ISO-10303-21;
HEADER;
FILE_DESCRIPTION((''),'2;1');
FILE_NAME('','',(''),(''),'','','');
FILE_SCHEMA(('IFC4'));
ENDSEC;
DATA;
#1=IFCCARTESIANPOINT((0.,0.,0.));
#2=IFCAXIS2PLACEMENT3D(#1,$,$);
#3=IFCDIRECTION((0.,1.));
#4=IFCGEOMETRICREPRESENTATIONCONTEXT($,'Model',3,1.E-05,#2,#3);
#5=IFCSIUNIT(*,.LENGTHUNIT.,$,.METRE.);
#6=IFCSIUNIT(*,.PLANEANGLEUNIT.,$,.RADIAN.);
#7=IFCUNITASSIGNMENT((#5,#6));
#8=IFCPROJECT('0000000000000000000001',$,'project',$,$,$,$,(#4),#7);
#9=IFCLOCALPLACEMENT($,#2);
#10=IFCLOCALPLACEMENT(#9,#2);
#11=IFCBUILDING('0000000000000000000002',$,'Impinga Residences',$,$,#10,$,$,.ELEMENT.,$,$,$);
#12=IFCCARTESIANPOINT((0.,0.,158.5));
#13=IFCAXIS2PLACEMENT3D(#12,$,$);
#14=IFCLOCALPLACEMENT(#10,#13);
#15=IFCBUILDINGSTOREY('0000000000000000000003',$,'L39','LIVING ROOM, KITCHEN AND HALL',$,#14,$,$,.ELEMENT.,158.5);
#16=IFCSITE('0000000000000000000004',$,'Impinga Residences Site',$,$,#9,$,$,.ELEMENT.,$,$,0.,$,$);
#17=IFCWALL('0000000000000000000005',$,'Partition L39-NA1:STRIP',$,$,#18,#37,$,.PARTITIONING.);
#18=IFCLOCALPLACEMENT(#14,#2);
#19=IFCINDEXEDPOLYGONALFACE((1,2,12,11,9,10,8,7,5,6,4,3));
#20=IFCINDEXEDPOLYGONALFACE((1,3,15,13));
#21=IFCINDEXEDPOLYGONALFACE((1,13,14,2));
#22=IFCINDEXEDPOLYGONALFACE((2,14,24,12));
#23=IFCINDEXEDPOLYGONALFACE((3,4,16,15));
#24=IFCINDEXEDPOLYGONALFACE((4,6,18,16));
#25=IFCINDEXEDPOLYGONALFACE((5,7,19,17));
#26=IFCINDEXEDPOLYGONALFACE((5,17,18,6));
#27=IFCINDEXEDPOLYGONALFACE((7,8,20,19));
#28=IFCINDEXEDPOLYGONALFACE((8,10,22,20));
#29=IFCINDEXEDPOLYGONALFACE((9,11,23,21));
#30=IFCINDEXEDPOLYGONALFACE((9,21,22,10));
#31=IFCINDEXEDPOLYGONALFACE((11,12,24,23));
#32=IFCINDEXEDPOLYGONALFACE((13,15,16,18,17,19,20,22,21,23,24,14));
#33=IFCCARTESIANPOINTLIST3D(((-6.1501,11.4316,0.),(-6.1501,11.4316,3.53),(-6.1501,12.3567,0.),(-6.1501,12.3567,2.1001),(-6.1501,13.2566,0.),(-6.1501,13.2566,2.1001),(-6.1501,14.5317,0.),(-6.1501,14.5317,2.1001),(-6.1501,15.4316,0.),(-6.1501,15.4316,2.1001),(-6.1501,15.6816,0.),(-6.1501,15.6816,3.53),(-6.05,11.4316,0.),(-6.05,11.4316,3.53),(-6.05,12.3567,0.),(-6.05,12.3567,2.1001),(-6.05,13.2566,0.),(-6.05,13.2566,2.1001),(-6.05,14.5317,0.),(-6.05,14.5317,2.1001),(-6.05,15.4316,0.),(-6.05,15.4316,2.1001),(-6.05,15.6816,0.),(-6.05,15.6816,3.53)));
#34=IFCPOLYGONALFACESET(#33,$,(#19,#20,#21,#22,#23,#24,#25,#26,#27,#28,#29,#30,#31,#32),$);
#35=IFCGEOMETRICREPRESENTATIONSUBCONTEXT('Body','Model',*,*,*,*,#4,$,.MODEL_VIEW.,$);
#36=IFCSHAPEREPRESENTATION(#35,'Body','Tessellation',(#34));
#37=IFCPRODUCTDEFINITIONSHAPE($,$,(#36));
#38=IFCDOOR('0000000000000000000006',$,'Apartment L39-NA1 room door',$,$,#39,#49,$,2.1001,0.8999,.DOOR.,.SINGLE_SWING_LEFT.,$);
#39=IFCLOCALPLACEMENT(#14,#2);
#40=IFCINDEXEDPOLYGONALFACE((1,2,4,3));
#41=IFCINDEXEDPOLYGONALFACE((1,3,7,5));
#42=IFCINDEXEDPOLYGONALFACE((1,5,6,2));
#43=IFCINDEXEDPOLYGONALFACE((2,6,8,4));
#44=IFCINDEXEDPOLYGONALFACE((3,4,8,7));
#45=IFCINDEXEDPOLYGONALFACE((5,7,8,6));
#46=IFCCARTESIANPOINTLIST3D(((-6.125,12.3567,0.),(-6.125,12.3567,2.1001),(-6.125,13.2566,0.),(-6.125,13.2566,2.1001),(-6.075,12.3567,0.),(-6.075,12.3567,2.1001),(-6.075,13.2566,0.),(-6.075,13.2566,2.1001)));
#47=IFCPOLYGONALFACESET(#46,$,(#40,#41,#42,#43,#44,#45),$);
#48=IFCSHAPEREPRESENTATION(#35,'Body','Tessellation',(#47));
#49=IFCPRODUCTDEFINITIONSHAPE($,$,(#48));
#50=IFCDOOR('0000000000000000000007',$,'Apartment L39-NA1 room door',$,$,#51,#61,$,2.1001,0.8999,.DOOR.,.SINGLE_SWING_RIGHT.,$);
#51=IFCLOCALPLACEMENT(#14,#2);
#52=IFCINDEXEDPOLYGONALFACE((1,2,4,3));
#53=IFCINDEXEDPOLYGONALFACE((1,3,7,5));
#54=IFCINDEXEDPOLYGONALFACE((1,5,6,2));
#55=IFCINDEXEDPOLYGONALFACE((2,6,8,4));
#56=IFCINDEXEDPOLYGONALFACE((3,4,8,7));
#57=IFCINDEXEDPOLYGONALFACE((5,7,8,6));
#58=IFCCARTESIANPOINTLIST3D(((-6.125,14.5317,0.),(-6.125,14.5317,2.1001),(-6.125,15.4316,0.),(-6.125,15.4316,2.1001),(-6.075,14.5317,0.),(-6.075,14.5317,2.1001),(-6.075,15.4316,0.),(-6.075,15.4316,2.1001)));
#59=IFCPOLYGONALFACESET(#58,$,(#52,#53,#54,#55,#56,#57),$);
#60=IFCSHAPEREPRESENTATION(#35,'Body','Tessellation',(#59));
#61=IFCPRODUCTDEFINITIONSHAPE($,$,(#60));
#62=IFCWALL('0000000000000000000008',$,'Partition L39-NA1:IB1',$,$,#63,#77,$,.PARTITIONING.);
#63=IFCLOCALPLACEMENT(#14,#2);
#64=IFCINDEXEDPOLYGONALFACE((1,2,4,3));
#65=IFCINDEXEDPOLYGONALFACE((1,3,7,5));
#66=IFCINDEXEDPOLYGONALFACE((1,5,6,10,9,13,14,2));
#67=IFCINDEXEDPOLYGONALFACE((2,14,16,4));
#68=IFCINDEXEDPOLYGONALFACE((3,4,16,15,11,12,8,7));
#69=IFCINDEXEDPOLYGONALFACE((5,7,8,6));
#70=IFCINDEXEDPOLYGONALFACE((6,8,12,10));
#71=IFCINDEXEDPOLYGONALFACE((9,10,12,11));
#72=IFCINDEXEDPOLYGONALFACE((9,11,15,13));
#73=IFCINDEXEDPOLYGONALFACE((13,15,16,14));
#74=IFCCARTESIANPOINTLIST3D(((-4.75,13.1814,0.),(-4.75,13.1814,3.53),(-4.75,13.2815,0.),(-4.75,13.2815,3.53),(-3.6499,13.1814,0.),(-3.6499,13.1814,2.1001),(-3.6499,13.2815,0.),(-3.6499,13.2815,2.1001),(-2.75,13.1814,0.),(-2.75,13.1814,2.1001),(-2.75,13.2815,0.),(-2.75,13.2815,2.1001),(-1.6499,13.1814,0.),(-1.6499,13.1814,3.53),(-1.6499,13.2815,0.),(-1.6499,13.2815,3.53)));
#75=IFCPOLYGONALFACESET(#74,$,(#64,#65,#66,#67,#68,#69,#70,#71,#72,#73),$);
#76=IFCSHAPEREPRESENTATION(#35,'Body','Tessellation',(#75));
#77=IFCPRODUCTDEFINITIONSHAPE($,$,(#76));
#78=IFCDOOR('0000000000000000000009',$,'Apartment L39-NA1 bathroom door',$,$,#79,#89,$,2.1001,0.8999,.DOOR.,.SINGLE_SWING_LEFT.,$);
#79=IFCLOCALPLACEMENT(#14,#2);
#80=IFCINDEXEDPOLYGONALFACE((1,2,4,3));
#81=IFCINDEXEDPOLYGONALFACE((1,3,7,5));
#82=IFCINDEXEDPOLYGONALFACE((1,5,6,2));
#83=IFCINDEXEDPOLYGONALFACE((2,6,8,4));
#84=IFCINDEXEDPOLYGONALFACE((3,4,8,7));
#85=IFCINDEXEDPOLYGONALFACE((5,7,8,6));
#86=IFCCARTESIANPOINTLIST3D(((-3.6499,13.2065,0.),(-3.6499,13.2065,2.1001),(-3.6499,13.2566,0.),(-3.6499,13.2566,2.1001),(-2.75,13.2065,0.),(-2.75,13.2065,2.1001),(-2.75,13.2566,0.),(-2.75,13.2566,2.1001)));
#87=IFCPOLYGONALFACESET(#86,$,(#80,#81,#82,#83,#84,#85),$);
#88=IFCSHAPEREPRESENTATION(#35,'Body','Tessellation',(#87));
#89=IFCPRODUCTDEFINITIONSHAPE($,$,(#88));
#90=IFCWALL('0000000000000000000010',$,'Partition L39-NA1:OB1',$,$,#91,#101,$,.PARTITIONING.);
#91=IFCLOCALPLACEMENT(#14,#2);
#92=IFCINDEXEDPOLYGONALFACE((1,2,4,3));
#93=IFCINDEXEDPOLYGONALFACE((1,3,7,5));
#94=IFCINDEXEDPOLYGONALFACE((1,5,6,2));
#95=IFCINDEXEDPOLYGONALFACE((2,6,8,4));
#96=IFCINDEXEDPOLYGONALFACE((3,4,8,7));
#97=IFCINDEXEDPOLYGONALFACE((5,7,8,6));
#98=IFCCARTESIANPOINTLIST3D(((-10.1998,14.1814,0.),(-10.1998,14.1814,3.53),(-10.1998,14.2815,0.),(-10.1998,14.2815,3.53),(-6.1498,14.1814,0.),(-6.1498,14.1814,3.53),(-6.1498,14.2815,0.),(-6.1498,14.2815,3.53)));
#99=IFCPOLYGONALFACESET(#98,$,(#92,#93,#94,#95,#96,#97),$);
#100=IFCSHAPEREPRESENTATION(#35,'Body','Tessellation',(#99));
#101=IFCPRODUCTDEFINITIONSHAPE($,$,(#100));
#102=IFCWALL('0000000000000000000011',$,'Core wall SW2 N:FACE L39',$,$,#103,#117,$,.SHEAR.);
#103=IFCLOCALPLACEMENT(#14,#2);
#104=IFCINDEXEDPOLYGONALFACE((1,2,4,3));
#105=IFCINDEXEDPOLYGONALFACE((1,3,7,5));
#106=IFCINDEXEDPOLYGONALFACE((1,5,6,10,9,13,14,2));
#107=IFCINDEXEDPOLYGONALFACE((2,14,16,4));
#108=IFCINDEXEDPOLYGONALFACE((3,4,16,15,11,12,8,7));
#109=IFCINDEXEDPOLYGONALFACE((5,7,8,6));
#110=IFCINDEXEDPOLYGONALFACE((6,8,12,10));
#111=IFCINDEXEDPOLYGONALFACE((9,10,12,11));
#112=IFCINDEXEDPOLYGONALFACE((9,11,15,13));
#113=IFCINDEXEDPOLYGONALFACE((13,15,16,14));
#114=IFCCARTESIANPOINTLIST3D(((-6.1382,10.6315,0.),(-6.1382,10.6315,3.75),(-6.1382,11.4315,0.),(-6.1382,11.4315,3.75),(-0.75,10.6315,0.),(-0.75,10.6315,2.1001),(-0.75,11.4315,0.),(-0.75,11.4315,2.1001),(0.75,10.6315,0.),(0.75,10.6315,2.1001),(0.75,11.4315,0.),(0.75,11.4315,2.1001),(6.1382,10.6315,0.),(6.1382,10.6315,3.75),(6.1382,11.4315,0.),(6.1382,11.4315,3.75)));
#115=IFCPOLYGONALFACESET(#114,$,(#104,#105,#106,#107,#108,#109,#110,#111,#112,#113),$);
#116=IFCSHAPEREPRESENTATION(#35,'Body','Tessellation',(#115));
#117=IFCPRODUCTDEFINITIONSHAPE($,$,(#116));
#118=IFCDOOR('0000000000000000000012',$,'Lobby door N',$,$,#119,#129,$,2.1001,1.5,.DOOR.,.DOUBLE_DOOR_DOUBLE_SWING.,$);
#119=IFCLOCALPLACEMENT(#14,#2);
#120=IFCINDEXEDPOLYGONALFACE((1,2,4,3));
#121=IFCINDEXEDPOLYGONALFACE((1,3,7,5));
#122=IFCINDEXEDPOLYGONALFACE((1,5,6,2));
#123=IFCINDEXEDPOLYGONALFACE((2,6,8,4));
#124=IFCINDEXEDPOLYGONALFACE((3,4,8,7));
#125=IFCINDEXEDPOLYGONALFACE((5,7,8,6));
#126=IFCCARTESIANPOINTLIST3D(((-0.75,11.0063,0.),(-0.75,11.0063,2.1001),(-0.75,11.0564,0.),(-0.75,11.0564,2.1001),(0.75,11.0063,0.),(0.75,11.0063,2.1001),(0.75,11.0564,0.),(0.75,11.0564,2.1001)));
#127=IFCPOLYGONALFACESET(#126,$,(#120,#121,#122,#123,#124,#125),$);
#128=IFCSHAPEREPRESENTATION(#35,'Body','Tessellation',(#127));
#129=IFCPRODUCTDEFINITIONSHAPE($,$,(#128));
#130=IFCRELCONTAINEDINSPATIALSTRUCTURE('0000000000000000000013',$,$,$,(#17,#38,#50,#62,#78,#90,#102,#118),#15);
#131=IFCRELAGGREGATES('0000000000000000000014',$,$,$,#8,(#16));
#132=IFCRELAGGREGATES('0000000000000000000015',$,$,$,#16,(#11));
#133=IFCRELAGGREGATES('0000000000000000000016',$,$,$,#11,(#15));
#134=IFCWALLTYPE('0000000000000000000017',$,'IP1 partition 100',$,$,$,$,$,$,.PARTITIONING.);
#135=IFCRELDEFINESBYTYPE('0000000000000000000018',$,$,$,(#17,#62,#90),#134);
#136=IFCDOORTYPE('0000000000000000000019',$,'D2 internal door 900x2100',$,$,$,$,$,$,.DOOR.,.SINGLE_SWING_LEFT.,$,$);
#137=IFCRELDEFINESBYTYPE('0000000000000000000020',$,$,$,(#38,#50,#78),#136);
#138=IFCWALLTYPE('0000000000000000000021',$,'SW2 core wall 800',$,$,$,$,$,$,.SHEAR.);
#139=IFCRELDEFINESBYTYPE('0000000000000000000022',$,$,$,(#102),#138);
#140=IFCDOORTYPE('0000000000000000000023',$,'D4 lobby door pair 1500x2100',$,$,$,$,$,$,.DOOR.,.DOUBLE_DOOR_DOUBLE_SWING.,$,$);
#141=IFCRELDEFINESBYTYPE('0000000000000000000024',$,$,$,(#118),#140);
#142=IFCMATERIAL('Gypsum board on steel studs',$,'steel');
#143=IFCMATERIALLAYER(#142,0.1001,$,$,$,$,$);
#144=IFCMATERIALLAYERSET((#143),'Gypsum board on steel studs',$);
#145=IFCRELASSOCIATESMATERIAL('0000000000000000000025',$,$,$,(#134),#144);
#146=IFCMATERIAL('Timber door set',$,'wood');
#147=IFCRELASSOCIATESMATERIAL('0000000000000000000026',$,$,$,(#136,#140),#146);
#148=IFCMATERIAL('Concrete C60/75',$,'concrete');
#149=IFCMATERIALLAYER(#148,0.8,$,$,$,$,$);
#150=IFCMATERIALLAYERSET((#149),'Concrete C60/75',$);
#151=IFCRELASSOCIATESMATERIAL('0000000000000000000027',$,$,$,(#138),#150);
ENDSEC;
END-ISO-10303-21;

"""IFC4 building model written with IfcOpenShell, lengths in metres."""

from ifc_helpers import new_model, si_unit, direction, frame, frame_2d, origin, place, context, subcontext, project, spatial, rectangle, extrude, material, layer, layer_set, type_object, element, fill, save


model = new_model("IFC4")

# Units and contexts
model_context = context("Model", 3, precision=1e-05, world=origin(), true_north=direction((0.0, 1.0)))
body_context = subcontext(model_context, "Body", "Model", "MODEL_VIEW")
ifc_project = project(units=[si_unit("LENGTHUNIT", "METRE"), si_unit("PLANEANGLEUNIT", "RADIAN")], contexts=[model_context])

# Site, building, storey
site_placement = place(None, origin())
site = spatial("IfcSite", under=ifc_project, at=site_placement, Name="Impinga Residences Site", CompositionType="ELEMENT", RefElevation=0.0)
building_placement = place(site_placement, origin())
building = spatial("IfcBuilding", under=site, at=building_placement, Name="Impinga Residences", CompositionType="ELEMENT")
storey_placement = place(building_placement, frame((0.0, 0.0, 158.5)))
storey = spatial("IfcBuildingStorey", under=building, at=storey_placement, Name="L39", Description="LIVING ROOM, KITCHEN AND HALL", CompositionType="ELEMENT", Elevation=158.5)

# Shared definitions
ifc_material_1 = material(Name="Concrete C60/75", Category="concrete")

# Shared definitions
ifc_material_2 = material(Name="Timber door set", Category="wood")

# Shared definitions
ifc_material_3 = material(Name="Gypsum board on steel studs", Category="steel")
ifc_layer_1 = layer(ifc_material_3, 0.1001)
ifc_layer_set_1 = layer_set([ifc_layer_1], Name="Gypsum board on steel studs")
wall_type_1 = type_object("IfcWallType", Name="IP1 partition 100", PredefinedType="PARTITIONING", material=ifc_layer_set_1)

# Wall, openings, doors
wall_1_placement = place(storey_placement, frame((-6.1001, 11.4316, 0.0), z_axis=(0.0, 0.0, 1.0), x_axis=(0.0, 1.0, 0.0)))
wall_1 = element("IfcWall", 1, at=wall_1_placement, inside=storey, type_object=wall_type_1, Name="Partition L39-NA1:STRIP", PredefinedType="PARTITIONING", context=body_context, shape_type="SweptSolid", body=[
    extrude(rectangle(XDim=4.25, YDim=0.1001, at=frame_2d((2.125, 0.0))), origin(), (0.0, 0.0, 1.0), 3.53),
])
opening_1_placement = place(wall_1_placement, frame((0.925, 0.0, 0.0)))
opening_1 = element("IfcOpeningElement", 2, at=opening_1_placement, cuts=wall_1, PredefinedType="OPENING", context=body_context, shape_type="SweptSolid", body=[
    extrude(rectangle(XDim=0.8999, YDim=2.1001, at=frame_2d((0.45, 1.05))), frame((0.0, 0.0601, 0.0), z_axis=(0.0, -1.0, 0.0), x_axis=(1.0, 0.0, 0.0)), (0.0, 0.0, 1.0), 0.1201),
])
opening_2_placement = place(wall_1_placement, frame((3.1001, 0.0, 0.0)))
opening_2 = element("IfcOpeningElement", 3, at=opening_2_placement, cuts=wall_1, PredefinedType="OPENING", context=body_context, shape_type="SweptSolid", body=[
    extrude(rectangle(XDim=0.8999, YDim=2.1001, at=frame_2d((0.45, 1.05))), frame((0.0, 0.0601, 0.0), z_axis=(0.0, -1.0, 0.0), x_axis=(1.0, 0.0, 0.0)), (0.0, 0.0, 1.0), 0.1201),
])
door_type_1 = type_object("IfcDoorType", Name="D2 internal door 900x2100", OperationType="SINGLE_SWING_LEFT", PredefinedType="DOOR", material=ifc_material_2)
door_1_placement = place(opening_1_placement, origin())
door_1 = element("IfcDoor", 4, at=door_1_placement, inside=storey, type_object=door_type_1, Name="Apartment L39-NA1 room door", OperationType="SINGLE_SWING_LEFT", OverallHeight=2.1001, OverallWidth=0.8999, PredefinedType="DOOR", context=body_context, shape_type="SweptSolid", body=[
    extrude(rectangle(XDim=0.8999, YDim=2.1001, at=frame_2d((0.45, 1.05))), frame((0.0, 0.0249, 0.0), z_axis=(0.0, -1.0, 0.0), x_axis=(1.0, 0.0, 0.0)), (0.0, 0.0, 1.0), 0.05),
])
fill(opening_1, door_1)
door_2_placement = place(opening_2_placement, origin())
door_2 = element("IfcDoor", 5, at=door_2_placement, inside=storey, type_object=door_type_1, Name="Apartment L39-NA1 room door", OperationType="SINGLE_SWING_RIGHT", OverallHeight=2.1001, OverallWidth=0.8999, PredefinedType="DOOR", context=body_context, shape_type="SweptSolid", body=[
    extrude(rectangle(XDim=0.8999, YDim=2.1001, at=frame_2d((0.45, 1.05))), frame((0.0, 0.0249, 0.0), z_axis=(0.0, -1.0, 0.0), x_axis=(1.0, 0.0, 0.0)), (0.0, 0.0, 1.0), 0.05),
])
fill(opening_2, door_2)

# Wall, opening, door
wall_2_placement = place(storey_placement, frame((-1.6499, 13.2314, 0.0), z_axis=(0.0, 0.0, 1.0), x_axis=(-1.0, 0.0, 0.0)))
wall_2 = element("IfcWall", 6, at=wall_2_placement, inside=storey, type_object=wall_type_1, Name="Partition L39-NA1:IB1", PredefinedType="PARTITIONING", context=body_context, shape_type="SweptSolid", body=[
    extrude(rectangle(XDim=3.1001, YDim=0.1001, at=frame_2d((1.55, 0.0))), origin(), (0.0, 0.0, 1.0), 3.53),
])
opening_3_placement = place(wall_2_placement, frame((1.1001, 0.0, 0.0)))
opening_3 = element("IfcOpeningElement", 7, at=opening_3_placement, cuts=wall_2, PredefinedType="OPENING", context=body_context, shape_type="SweptSolid", body=[
    extrude(rectangle(XDim=0.8999, YDim=2.1001, at=frame_2d((0.45, 1.05))), frame((0.0, 0.0601, 0.0), z_axis=(0.0, -1.0, 0.0), x_axis=(1.0, 0.0, 0.0)), (0.0, 0.0, 1.0), 0.1201),
])
door_3_placement = place(opening_3_placement, origin())
door_3 = element("IfcDoor", 8, at=door_3_placement, inside=storey, type_object=door_type_1, Name="Apartment L39-NA1 bathroom door", OperationType="SINGLE_SWING_LEFT", OverallHeight=2.1001, OverallWidth=0.8999, PredefinedType="DOOR", context=body_context, shape_type="SweptSolid", body=[
    extrude(rectangle(XDim=0.8999, YDim=2.1001, at=frame_2d((0.45, 1.05))), frame((0.0, 0.0249, 0.0), z_axis=(0.0, -1.0, 0.0), x_axis=(1.0, 0.0, 0.0)), (0.0, 0.0, 1.0), 0.05),
])
fill(opening_3, door_3)

# Wall
wall_3_placement = place(storey_placement, frame((-6.1499, 14.2314, 0.0), z_axis=(0.0, 0.0, 1.0), x_axis=(-1.0, 0.0, 0.0)))
element("IfcWall", 9, at=wall_3_placement, inside=storey, type_object=wall_type_1, Name="Partition L39-NA1:OB1", PredefinedType="PARTITIONING", context=body_context, shape_type="SweptSolid", body=[
    extrude(rectangle(XDim=4.05, YDim=0.1001, at=frame_2d((2.0249, 0.0))), origin(), (0.0, 0.0, 1.0), 3.53),
])

# Wall, opening, door
ifc_layer_2 = layer(ifc_material_1, 0.8)
ifc_layer_set_2 = layer_set([ifc_layer_2], Name="Concrete C60/75")
wall_type_2 = type_object("IfcWallType", Name="SW2 core wall 800", PredefinedType="SHEAR", material=ifc_layer_set_2)
wall_4_placement = place(storey_placement, frame((-6.1382, 11.0315, 0.0), z_axis=(0.0, 0.0, 1.0), x_axis=(1.0, 0.0, 0.0)))
wall_4 = element("IfcWall", 10, at=wall_4_placement, inside=storey, type_object=wall_type_2, Name="Core wall SW2 N:FACE L39", PredefinedType="SHEAR", context=body_context, shape_type="SweptSolid", body=[
    extrude(rectangle(XDim=12.2764, YDim=0.8, at=frame_2d((6.1382, 0.0))), origin(), (0.0, 0.0, 1.0), 3.75),
])
opening_4_placement = place(wall_4_placement, frame((5.3882, 0.0, 0.0)))
opening_4 = element("IfcOpeningElement", 11, at=opening_4_placement, cuts=wall_4, PredefinedType="OPENING", context=body_context, shape_type="SweptSolid", body=[
    extrude(rectangle(XDim=1.5, YDim=2.1001, at=frame_2d((0.75, 1.05))), frame((0.0, 0.4099, 0.0), z_axis=(0.0, -1.0, 0.0), x_axis=(1.0, 0.0, 0.0)), (0.0, 0.0, 1.0), 0.8201),
])
door_type_2 = type_object("IfcDoorType", Name="D4 lobby door pair 1500x2100", OperationType="DOUBLE_DOOR_DOUBLE_SWING", PredefinedType="DOOR", material=ifc_material_2)
door_4_placement = place(opening_4_placement, origin())
door_4 = element("IfcDoor", 12, at=door_4_placement, inside=storey, type_object=door_type_2, Name="Lobby door N", OperationType="DOUBLE_DOOR_DOUBLE_SWING", OverallHeight=2.1001, OverallWidth=1.5, PredefinedType="DOOR", context=body_context, shape_type="SweptSolid", body=[
    extrude(rectangle(XDim=1.5, YDim=2.1001, at=frame_2d((0.75, 1.05))), frame((0.0, 0.0249, 0.0), z_axis=(0.0, -1.0, 0.0), x_axis=(1.0, 0.0, 0.0)), (0.0, 0.0, 1.0), 0.05),
])
fill(opening_4, door_4)

save(model, "model.ifc")
